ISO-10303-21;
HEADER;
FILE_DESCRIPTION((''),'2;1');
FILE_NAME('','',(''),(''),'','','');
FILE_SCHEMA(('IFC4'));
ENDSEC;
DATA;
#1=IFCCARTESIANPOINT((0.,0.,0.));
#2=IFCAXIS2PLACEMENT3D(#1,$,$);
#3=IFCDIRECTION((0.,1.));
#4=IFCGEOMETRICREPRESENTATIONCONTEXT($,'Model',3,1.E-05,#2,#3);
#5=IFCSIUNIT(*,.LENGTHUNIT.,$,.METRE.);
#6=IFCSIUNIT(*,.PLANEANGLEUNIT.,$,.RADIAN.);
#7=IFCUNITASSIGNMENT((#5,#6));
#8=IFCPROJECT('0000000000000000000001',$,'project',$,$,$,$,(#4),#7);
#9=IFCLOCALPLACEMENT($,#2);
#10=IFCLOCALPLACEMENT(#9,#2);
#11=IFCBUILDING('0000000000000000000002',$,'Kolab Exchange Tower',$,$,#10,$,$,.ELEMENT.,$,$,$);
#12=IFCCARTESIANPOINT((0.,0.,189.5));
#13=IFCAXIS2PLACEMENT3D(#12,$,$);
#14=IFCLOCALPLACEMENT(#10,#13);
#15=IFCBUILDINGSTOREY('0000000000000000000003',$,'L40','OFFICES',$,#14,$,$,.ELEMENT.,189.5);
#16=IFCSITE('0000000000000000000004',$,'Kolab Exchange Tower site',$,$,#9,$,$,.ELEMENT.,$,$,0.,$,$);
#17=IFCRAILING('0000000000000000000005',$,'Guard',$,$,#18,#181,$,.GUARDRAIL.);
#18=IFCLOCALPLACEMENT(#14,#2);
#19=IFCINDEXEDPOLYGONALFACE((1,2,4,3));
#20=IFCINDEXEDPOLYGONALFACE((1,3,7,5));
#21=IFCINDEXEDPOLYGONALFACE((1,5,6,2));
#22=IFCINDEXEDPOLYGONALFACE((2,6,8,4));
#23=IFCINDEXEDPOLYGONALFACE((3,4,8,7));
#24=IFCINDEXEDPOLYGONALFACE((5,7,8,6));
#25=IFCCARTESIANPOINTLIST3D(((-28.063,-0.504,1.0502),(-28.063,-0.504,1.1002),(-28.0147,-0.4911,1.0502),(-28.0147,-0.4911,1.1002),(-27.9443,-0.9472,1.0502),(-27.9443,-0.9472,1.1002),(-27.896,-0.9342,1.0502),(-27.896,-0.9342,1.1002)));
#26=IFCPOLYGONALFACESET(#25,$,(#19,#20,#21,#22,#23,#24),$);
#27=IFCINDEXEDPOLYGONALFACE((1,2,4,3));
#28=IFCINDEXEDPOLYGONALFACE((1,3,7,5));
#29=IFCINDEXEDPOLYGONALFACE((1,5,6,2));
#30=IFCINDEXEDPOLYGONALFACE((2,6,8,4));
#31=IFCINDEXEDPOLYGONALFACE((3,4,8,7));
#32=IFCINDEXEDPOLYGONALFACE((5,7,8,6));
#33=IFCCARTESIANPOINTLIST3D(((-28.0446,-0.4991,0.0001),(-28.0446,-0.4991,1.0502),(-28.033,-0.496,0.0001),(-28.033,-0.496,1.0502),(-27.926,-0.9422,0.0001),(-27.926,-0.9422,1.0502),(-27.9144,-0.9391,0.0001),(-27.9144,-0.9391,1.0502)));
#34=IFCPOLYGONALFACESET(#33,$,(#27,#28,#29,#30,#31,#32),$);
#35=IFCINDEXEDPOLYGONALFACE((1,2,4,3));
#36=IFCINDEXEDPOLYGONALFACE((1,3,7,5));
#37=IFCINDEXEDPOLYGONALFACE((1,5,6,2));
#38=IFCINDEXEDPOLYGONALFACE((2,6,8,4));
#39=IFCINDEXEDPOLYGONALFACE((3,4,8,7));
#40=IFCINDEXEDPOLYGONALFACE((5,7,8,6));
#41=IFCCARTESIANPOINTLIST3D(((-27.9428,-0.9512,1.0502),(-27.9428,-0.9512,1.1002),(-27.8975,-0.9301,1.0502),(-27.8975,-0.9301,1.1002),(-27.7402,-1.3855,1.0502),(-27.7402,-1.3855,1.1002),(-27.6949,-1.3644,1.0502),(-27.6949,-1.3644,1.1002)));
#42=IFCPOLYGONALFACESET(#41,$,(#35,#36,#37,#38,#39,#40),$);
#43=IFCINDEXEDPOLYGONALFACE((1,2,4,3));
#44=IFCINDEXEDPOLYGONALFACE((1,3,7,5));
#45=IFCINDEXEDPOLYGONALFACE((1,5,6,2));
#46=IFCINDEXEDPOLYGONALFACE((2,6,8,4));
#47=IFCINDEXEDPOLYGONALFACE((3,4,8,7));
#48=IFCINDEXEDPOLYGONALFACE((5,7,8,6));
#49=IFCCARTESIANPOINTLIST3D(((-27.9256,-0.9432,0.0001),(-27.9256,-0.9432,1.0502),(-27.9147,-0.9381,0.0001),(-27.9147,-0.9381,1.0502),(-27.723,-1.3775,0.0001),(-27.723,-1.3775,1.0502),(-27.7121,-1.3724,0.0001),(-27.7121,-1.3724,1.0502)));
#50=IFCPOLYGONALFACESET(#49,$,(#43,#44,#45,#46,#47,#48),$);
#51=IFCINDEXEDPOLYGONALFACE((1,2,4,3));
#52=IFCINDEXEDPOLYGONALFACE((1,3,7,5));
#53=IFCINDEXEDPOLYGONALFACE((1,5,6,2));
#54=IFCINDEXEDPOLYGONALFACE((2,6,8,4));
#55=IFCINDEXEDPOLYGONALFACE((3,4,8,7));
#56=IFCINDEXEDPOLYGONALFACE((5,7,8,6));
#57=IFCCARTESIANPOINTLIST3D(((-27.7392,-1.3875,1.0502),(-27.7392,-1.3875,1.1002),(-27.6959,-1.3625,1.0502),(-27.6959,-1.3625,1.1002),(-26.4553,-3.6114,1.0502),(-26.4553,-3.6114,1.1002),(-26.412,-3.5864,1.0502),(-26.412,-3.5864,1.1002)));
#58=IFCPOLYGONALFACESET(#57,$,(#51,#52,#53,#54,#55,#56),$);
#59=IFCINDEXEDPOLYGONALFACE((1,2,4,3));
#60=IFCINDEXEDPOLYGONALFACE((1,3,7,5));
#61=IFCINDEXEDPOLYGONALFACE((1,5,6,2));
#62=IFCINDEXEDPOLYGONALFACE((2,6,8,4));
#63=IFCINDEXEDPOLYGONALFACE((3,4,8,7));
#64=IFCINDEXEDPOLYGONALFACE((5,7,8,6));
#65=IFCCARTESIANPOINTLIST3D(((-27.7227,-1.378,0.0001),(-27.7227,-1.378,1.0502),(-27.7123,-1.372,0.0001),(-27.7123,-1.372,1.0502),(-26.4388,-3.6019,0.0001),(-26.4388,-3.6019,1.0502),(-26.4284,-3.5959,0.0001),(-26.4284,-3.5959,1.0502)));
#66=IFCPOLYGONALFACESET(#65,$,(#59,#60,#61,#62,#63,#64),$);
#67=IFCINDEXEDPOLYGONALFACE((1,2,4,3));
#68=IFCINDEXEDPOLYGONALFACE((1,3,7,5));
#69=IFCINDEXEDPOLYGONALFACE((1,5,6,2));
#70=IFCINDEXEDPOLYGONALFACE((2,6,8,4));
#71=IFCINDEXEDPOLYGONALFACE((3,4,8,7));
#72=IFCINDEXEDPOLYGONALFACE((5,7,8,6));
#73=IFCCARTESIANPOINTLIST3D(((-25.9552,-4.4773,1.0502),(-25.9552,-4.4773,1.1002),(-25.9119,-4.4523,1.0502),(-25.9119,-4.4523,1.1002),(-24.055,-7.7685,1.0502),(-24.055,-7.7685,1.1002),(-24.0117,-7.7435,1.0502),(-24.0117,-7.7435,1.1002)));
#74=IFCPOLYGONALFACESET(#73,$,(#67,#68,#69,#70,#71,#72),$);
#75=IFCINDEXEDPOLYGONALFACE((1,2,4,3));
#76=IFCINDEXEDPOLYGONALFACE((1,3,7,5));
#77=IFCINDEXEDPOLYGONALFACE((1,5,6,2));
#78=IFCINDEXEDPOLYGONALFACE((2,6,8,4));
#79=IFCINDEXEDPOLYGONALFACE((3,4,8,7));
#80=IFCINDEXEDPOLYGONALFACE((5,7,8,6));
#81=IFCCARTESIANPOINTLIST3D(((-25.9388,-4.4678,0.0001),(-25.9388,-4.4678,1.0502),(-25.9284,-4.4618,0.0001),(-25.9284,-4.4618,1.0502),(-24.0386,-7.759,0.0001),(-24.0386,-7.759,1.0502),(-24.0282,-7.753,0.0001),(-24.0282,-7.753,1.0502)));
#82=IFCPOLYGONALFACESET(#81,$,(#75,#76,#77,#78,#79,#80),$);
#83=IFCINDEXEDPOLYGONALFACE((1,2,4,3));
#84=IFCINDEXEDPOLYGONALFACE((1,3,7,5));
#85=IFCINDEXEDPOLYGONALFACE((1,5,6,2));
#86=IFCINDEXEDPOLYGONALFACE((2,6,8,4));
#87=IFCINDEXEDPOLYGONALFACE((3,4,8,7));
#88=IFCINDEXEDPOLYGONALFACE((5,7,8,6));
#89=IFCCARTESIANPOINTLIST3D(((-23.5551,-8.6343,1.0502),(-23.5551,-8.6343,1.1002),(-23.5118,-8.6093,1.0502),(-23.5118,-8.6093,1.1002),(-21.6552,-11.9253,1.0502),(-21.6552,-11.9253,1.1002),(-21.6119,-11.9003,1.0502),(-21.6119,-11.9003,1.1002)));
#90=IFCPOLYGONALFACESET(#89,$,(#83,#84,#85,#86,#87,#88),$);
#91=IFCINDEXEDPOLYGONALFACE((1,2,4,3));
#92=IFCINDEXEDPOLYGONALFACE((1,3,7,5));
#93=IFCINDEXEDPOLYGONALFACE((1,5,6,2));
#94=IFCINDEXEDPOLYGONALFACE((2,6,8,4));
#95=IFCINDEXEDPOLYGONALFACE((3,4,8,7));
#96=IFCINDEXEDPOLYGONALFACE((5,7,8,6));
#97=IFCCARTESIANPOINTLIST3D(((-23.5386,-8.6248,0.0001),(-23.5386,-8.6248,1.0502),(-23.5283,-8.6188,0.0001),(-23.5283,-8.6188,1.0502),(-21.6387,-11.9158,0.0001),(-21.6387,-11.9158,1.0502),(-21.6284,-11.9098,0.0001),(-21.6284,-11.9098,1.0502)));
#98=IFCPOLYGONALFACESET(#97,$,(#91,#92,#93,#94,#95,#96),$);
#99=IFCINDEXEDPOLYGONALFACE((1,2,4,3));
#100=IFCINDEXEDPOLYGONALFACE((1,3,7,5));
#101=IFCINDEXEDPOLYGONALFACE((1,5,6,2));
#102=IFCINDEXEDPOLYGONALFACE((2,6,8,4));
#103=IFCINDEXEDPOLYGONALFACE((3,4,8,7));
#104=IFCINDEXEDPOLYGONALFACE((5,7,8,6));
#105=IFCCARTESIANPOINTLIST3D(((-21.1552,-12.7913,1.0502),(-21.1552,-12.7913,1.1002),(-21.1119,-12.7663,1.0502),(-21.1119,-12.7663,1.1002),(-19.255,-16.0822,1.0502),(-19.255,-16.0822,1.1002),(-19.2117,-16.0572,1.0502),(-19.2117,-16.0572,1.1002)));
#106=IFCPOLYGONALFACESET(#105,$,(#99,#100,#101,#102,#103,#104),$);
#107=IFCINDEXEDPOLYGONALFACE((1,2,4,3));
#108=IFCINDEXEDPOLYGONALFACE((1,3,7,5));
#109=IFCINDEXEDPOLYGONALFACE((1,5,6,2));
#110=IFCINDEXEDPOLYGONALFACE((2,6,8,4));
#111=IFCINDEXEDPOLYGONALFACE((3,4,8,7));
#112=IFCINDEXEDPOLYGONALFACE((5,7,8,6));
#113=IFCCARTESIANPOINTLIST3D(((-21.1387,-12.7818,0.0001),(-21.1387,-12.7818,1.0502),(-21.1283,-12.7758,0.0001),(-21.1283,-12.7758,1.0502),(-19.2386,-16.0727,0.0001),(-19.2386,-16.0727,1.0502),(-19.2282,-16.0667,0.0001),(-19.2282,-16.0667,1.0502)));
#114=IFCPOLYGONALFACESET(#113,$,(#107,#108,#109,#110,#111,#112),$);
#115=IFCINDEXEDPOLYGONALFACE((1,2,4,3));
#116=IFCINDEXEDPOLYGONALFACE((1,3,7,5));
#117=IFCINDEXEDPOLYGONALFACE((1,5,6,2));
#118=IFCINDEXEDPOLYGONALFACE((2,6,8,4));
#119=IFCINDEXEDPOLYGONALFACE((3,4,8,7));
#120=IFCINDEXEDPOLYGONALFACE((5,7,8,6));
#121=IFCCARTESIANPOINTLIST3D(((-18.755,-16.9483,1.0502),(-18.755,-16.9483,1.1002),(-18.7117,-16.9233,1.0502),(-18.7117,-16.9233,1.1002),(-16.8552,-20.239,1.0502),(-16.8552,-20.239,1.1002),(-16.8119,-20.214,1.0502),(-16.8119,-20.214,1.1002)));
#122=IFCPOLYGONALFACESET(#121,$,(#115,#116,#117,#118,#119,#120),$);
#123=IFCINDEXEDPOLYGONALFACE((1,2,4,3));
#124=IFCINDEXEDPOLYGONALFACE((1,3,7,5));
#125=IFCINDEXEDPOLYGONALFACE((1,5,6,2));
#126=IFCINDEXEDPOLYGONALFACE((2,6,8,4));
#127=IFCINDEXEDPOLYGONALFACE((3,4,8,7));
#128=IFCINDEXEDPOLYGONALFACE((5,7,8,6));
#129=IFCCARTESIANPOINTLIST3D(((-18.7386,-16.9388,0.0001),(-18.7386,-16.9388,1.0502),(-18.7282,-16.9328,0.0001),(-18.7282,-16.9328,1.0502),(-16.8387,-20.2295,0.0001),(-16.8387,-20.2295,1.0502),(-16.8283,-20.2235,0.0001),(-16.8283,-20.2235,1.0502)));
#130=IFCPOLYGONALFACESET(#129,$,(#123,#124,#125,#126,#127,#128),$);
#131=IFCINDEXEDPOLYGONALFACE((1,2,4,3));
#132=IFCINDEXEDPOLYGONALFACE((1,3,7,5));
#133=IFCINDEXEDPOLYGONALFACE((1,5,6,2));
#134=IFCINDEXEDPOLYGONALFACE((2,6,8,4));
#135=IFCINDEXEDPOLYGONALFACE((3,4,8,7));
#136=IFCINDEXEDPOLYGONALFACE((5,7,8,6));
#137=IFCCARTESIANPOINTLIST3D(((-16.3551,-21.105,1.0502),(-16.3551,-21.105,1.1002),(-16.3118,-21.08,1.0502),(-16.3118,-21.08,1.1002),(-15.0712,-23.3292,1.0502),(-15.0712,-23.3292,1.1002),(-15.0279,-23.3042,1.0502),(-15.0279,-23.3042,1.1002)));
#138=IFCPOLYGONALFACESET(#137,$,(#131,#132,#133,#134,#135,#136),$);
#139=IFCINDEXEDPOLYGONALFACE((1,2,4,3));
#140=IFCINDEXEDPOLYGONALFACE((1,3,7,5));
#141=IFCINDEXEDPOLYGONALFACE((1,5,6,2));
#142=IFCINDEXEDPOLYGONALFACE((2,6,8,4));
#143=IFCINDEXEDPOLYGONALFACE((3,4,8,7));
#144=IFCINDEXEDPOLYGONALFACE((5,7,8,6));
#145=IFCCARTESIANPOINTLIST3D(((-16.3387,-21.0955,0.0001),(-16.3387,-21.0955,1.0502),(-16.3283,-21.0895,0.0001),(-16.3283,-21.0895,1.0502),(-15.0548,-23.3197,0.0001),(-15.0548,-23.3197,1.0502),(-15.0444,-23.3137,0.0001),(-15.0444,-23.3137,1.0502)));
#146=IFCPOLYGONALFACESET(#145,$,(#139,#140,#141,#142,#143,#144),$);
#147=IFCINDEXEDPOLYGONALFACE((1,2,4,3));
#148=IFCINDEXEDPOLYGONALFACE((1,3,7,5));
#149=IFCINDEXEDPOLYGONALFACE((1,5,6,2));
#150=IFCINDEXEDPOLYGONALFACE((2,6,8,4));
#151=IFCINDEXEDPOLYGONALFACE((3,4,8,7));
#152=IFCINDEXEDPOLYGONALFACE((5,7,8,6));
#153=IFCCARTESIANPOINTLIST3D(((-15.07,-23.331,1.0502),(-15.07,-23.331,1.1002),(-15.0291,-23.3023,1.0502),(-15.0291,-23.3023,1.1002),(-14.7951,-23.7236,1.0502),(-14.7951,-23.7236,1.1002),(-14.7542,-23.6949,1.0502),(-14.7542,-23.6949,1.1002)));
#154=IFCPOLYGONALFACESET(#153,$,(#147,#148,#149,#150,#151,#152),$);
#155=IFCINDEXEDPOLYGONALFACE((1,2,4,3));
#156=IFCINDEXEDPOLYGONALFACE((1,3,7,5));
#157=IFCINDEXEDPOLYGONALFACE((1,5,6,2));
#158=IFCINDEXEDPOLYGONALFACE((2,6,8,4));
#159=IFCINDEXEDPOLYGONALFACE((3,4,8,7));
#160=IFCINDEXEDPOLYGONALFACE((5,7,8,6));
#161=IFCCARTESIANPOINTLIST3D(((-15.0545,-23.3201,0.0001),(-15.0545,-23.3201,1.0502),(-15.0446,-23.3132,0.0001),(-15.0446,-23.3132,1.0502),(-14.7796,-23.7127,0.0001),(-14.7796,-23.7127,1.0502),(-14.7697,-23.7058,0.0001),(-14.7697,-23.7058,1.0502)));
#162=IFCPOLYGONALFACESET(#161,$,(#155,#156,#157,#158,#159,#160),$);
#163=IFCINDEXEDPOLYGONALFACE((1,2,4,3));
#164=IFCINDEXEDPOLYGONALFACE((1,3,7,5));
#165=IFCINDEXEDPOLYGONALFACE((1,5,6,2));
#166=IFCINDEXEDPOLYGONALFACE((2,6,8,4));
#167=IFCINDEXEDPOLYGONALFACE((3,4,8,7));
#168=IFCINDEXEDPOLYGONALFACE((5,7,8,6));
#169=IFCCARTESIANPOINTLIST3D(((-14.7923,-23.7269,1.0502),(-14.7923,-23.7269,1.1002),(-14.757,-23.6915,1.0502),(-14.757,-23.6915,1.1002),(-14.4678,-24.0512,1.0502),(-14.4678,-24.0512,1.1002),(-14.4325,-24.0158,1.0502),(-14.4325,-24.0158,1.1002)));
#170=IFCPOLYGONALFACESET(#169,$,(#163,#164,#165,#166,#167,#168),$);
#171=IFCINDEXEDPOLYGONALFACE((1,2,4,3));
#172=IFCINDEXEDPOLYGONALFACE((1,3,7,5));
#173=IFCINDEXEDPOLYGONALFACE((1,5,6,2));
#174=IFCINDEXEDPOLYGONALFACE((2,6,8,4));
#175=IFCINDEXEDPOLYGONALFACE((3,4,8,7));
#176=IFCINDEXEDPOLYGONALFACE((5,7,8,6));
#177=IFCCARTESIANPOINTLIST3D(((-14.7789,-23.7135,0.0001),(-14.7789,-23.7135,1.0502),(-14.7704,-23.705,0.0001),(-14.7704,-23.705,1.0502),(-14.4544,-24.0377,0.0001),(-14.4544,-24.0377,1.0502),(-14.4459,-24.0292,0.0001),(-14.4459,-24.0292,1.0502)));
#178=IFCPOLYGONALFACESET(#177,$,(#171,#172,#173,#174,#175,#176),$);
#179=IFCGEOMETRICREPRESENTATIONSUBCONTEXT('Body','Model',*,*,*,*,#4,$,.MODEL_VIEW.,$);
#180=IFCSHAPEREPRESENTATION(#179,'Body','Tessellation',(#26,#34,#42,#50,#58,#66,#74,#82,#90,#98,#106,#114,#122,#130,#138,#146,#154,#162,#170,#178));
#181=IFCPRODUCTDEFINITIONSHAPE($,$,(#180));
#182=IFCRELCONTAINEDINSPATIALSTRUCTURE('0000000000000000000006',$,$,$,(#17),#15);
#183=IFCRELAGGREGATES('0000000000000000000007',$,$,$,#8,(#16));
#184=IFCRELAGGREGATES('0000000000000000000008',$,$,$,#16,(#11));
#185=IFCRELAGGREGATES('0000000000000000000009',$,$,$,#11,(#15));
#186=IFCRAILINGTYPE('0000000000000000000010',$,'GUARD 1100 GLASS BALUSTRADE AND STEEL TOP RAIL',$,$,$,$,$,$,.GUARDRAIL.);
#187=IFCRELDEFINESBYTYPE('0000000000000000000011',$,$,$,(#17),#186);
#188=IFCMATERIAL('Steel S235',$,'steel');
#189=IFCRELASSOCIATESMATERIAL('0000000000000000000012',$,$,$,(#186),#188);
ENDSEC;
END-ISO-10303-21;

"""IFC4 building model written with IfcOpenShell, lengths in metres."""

from ifc_helpers import new_model, si_unit, direction, frame, frame_2d, origin, origin_2d, place, context, subcontext, project, spatial, rectangle, extrude, material, type_object, element, save


model = new_model("IFC4")

# Units and contexts
model_context = context("Model", 3, precision=1e-05, world=origin(), true_north=direction((0.0, 1.0)))
body_context = subcontext(model_context, "Body", "Model", "MODEL_VIEW")
ifc_project = project(units=[si_unit("LENGTHUNIT", "METRE"), si_unit("PLANEANGLEUNIT", "RADIAN")], contexts=[model_context])

# Site, building, storey
site_placement = place(None, origin())
site = spatial("IfcSite", under=ifc_project, at=site_placement, Name="Kolab Exchange Tower site", CompositionType="ELEMENT", RefElevation=0.0)
building_placement = place(site_placement, origin())
building = spatial("IfcBuilding", under=site, at=building_placement, Name="Kolab Exchange Tower", CompositionType="ELEMENT")
storey_placement = place(building_placement, frame((0.0, 0.0, 189.5)))
storey = spatial("IfcBuildingStorey", under=building, at=storey_placement, Name="L40", Description="OFFICES", CompositionType="ELEMENT", Elevation=189.5)

# Railing
ifc_material_1 = material(Name="Steel S235", Category="steel")
railing_type = type_object("IfcRailingType", Name="GUARD 1100 GLASS BALUSTRADE AND STEEL TOP RAIL", PredefinedType="GUARDRAIL", material=ifc_material_1)
railing_placement = place(storey_placement, frame((-28.0388, -0.4976, 0.0)))
element("IfcRailing", 1, at=railing_placement, inside=storey, type_object=railing_type, Name="Guard", PredefinedType="GUARDRAIL", context=body_context, shape_type="SweptSolid", body=[
    extrude(rectangle(XDim=0.05, YDim=0.05, at=origin_2d()), frame((0.0, 0.0, 1.0752), z_axis=(0.258656, -0.965969, 0.0), x_axis=(0.965969, 0.258656, 0.0)), (0.0, 0.0, 1.0), 0.4587),
    extrude(rectangle(XDim=0.012, YDim=1.0501, at=frame_2d((0.0, 0.5251))), frame((0.0, 0.0, 0.0), z_axis=(0.258656, -0.965969, 0.0), x_axis=(0.965969, 0.258656, 0.0)), (0.0, 0.0, 1.0), 0.4587),
    extrude(rectangle(XDim=0.05, YDim=0.05, at=origin_2d()), frame((0.1187, -0.4431, 1.0752), z_axis=(0.422802, -0.906222, 0.0), x_axis=(0.906222, 0.422802, 0.0)), (0.0, 0.0, 1.0), 0.4792),
    extrude(rectangle(XDim=0.012, YDim=1.0501, at=frame_2d((0.0, 0.5251))), frame((0.1187, -0.4431, 0.0), z_axis=(0.422802, -0.906222, 0.0), x_axis=(0.906222, 0.422802, 0.0)), (0.0, 0.0, 1.0), 0.4792),
    extrude(rectangle(XDim=0.05, YDim=0.05, at=origin_2d()), frame((0.3213, -0.8774, 1.0752), z_axis=(0.499994, -0.866029, 0.0), x_axis=(0.866029, 0.499994, 0.0)), (0.0, 0.0, 1.0), 2.5679),
    extrude(rectangle(XDim=0.012, YDim=1.0501, at=frame_2d((0.0, 0.5251))), frame((0.3213, -0.8774, 0.0), z_axis=(0.499994, -0.866029, 0.0), x_axis=(0.866029, 0.499994, 0.0)), (0.0, 0.0, 1.0), 2.5679),
    extrude(rectangle(XDim=0.05, YDim=0.05, at=origin_2d()), frame((2.1052, -3.9673, 1.0752), z_axis=(0.500015, -0.866017, 0.0), x_axis=(0.866017, 0.500015, 0.0)), (0.0, 0.0, 1.0), 3.8003),
    extrude(rectangle(XDim=0.012, YDim=1.0501, at=frame_2d((0.0, 0.5251))), frame((2.1052, -3.9673, 0.0), z_axis=(0.500015, -0.866017, 0.0), x_axis=(0.866017, 0.500015, 0.0)), (0.0, 0.0, 1.0), 3.8003),
    extrude(rectangle(XDim=0.05, YDim=0.05, at=origin_2d()), frame((4.5054, -8.1243, 1.0752), z_axis=(0.499967, -0.866044, 0.0), x_axis=(0.866044, 0.499967, 0.0)), (0.0, 0.0, 1.0), 3.8),
    extrude(rectangle(XDim=0.012, YDim=1.0501, at=frame_2d((0.0, 0.5251))), frame((4.5054, -8.1243, 0.0), z_axis=(0.499967, -0.866044, 0.0), x_axis=(0.866044, 0.499967, 0.0)), (0.0, 0.0, 1.0), 3.8),
    extrude(rectangle(XDim=0.05, YDim=0.05, at=origin_2d()), frame((6.9053, -12.2812, 1.0752), z_axis=(0.500043, -0.866, 0.0), x_axis=(0.866, 0.500043, 0.0)), (0.0, 0.0, 1.0), 3.8),
    extrude(rectangle(XDim=0.012, YDim=1.0501, at=frame_2d((0.0, 0.5251))), frame((6.9053, -12.2812, 0.0), z_axis=(0.500043, -0.866, 0.0), x_axis=(0.866, 0.500043, 0.0)), (0.0, 0.0, 1.0), 3.8),
    extrude(rectangle(XDim=0.05, YDim=0.05, at=origin_2d()), frame((9.3054, -16.4382, 1.0752), z_axis=(0.499995, -0.866028, 0.0), x_axis=(0.866028, 0.499995, 0.0)), (0.0, 0.0, 1.0), 3.7998),
    extrude(rectangle(XDim=0.012, YDim=1.0501, at=frame_2d((0.0, 0.5251))), frame((9.3054, -16.4382, 0.0), z_axis=(0.499995, -0.866028, 0.0), x_axis=(0.866028, 0.499995, 0.0)), (0.0, 0.0, 1.0), 3.7998),
    extrude(rectangle(XDim=0.05, YDim=0.05, at=origin_2d()), frame((11.7053, -20.595, 1.0752), z_axis=(0.499953, -0.866053, 0.0), x_axis=(0.866053, 0.499953, 0.0)), (0.0, 0.0, 1.0), 2.5681),
    extrude(rectangle(XDim=0.012, YDim=1.0501, at=frame_2d((0.0, 0.5251))), frame((11.7053, -20.595, 0.0), z_axis=(0.499953, -0.866053, 0.0), x_axis=(0.866053, 0.499953, 0.0)), (0.0, 0.0, 1.0), 2.5681),
    extrude(rectangle(XDim=0.05, YDim=0.05, at=origin_2d()), frame((12.9893, -22.8191, 1.0752), z_axis=(0.573599, -0.819136, 0.0), x_axis=(0.819136, 0.573599, 0.0)), (0.0, 0.0, 1.0), 0.4792),
    extrude(rectangle(XDim=0.012, YDim=1.0501, at=frame_2d((0.0, 0.5251))), frame((12.9893, -22.8191, 0.0), z_axis=(0.573599, -0.819136, 0.0), x_axis=(0.819136, 0.573599, 0.0)), (0.0, 0.0, 1.0), 0.4792),
    extrude(rectangle(XDim=0.05, YDim=0.05, at=origin_2d()), frame((13.2642, -23.2117, 1.0752), z_axis=(0.707373, -0.706841, 0.0), x_axis=(0.706841, 0.707373, 0.0)), (0.0, 0.0, 1.0), 0.4587),
    extrude(rectangle(XDim=0.012, YDim=1.0501, at=frame_2d((0.0, 0.5251))), frame((13.2642, -23.2117, 0.0), z_axis=(0.707373, -0.706841, 0.0), x_axis=(0.706841, 0.707373, 0.0)), (0.0, 0.0, 1.0), 0.4587),
])

save(model, "model.ifc")
